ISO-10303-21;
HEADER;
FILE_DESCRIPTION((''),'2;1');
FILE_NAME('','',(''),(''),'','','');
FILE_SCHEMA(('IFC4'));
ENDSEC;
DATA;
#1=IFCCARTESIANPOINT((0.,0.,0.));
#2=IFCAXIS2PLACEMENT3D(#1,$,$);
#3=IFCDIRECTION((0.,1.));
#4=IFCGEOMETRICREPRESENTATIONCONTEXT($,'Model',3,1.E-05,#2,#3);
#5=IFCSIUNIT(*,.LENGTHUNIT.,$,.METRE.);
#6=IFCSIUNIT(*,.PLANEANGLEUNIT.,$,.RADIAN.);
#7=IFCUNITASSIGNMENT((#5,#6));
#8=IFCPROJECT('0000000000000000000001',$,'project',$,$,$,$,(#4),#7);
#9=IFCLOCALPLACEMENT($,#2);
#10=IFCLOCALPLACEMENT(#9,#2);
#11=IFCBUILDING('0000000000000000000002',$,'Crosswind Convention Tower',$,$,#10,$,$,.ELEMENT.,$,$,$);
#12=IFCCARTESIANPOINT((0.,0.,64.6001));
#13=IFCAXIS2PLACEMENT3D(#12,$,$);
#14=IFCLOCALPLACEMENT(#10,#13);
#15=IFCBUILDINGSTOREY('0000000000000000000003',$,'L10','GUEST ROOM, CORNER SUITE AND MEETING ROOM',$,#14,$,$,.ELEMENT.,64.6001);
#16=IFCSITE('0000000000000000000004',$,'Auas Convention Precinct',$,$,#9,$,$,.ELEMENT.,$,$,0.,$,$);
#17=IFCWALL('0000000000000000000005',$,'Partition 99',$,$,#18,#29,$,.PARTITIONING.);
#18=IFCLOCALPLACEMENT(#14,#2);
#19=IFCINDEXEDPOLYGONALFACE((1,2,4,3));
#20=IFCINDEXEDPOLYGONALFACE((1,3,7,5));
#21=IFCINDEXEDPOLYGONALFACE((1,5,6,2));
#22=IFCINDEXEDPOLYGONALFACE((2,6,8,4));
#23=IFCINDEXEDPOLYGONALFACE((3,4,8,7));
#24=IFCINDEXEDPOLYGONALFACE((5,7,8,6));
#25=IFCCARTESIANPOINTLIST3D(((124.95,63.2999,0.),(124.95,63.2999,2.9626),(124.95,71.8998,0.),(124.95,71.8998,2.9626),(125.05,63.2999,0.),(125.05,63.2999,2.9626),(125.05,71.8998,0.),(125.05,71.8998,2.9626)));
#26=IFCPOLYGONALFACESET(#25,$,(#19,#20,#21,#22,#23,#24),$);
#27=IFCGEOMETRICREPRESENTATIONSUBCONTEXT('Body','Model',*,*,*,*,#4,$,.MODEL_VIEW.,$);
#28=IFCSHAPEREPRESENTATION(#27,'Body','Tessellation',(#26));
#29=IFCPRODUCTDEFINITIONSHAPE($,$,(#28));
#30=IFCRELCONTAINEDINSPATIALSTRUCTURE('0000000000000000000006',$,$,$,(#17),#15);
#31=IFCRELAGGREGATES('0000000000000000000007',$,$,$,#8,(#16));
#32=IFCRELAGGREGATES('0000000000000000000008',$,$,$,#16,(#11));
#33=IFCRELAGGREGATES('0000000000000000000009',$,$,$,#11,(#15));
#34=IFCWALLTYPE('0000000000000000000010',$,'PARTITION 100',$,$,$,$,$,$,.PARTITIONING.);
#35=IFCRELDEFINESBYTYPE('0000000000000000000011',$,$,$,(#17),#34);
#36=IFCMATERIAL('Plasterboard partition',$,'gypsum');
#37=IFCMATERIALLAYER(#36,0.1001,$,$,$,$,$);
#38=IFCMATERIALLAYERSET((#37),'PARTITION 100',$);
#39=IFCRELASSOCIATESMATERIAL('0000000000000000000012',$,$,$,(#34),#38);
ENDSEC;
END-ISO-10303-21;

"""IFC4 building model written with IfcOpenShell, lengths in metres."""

from ifc_helpers import new_model, si_unit, direction, frame, frame_2d, origin, place, context, subcontext, project, spatial, rectangle, extrude, material, layer, layer_set, type_object, element, save


model = new_model("IFC4")

# Units and contexts
model_context = context("Model", 3, precision=1e-05, world=origin(), true_north=direction((0.0, 1.0)))
body_context = subcontext(model_context, "Body", "Model", "MODEL_VIEW")
ifc_project = project(units=[si_unit("LENGTHUNIT", "METRE"), si_unit("PLANEANGLEUNIT", "RADIAN")], contexts=[model_context])

# Site, building, storey
site_placement = place(None, origin())
site = spatial("IfcSite", under=ifc_project, at=site_placement, Name="Auas Convention Precinct", CompositionType="ELEMENT", RefElevation=0.0)
building_placement = place(site_placement, origin())
building = spatial("IfcBuilding", under=site, at=building_placement, Name="Crosswind Convention Tower", CompositionType="ELEMENT")
storey_placement = place(building_placement, frame((0.0, 0.0, 64.6001)))
storey = spatial("IfcBuildingStorey", under=building, at=storey_placement, Name="L10", Description="GUEST ROOM, CORNER SUITE AND MEETING ROOM", CompositionType="ELEMENT", Elevation=64.6001)

# Shared definitions
ifc_material_1 = material(Name="Plasterboard partition", Category="gypsum")

# Wall
ifc_layer_1 = layer(ifc_material_1, 0.1001)
ifc_layer_set_1 = layer_set([ifc_layer_1], Name="PARTITION 100")
wall_type_1 = type_object("IfcWallType", Name="PARTITION 100", PredefinedType="PARTITIONING", material=ifc_layer_set_1)
wall_1_placement = place(storey_placement, frame((125.0, 63.3, 0.0), z_axis=(0.0, 0.0, 1.0), x_axis=(0.0, 1.0, 0.0)))
element("IfcWall", 1, at=wall_1_placement, inside=storey, type_object=wall_type_1, Name="Partition 99", PredefinedType="PARTITIONING", context=body_context, shape_type="SweptSolid", body=[
    extrude(rectangle(XDim=8.5999, YDim=0.1001, at=frame_2d((4.2998, 0.0))), origin(), (0.0, 0.0, 1.0), 2.9626),
])

save(model, "model.ifc")
